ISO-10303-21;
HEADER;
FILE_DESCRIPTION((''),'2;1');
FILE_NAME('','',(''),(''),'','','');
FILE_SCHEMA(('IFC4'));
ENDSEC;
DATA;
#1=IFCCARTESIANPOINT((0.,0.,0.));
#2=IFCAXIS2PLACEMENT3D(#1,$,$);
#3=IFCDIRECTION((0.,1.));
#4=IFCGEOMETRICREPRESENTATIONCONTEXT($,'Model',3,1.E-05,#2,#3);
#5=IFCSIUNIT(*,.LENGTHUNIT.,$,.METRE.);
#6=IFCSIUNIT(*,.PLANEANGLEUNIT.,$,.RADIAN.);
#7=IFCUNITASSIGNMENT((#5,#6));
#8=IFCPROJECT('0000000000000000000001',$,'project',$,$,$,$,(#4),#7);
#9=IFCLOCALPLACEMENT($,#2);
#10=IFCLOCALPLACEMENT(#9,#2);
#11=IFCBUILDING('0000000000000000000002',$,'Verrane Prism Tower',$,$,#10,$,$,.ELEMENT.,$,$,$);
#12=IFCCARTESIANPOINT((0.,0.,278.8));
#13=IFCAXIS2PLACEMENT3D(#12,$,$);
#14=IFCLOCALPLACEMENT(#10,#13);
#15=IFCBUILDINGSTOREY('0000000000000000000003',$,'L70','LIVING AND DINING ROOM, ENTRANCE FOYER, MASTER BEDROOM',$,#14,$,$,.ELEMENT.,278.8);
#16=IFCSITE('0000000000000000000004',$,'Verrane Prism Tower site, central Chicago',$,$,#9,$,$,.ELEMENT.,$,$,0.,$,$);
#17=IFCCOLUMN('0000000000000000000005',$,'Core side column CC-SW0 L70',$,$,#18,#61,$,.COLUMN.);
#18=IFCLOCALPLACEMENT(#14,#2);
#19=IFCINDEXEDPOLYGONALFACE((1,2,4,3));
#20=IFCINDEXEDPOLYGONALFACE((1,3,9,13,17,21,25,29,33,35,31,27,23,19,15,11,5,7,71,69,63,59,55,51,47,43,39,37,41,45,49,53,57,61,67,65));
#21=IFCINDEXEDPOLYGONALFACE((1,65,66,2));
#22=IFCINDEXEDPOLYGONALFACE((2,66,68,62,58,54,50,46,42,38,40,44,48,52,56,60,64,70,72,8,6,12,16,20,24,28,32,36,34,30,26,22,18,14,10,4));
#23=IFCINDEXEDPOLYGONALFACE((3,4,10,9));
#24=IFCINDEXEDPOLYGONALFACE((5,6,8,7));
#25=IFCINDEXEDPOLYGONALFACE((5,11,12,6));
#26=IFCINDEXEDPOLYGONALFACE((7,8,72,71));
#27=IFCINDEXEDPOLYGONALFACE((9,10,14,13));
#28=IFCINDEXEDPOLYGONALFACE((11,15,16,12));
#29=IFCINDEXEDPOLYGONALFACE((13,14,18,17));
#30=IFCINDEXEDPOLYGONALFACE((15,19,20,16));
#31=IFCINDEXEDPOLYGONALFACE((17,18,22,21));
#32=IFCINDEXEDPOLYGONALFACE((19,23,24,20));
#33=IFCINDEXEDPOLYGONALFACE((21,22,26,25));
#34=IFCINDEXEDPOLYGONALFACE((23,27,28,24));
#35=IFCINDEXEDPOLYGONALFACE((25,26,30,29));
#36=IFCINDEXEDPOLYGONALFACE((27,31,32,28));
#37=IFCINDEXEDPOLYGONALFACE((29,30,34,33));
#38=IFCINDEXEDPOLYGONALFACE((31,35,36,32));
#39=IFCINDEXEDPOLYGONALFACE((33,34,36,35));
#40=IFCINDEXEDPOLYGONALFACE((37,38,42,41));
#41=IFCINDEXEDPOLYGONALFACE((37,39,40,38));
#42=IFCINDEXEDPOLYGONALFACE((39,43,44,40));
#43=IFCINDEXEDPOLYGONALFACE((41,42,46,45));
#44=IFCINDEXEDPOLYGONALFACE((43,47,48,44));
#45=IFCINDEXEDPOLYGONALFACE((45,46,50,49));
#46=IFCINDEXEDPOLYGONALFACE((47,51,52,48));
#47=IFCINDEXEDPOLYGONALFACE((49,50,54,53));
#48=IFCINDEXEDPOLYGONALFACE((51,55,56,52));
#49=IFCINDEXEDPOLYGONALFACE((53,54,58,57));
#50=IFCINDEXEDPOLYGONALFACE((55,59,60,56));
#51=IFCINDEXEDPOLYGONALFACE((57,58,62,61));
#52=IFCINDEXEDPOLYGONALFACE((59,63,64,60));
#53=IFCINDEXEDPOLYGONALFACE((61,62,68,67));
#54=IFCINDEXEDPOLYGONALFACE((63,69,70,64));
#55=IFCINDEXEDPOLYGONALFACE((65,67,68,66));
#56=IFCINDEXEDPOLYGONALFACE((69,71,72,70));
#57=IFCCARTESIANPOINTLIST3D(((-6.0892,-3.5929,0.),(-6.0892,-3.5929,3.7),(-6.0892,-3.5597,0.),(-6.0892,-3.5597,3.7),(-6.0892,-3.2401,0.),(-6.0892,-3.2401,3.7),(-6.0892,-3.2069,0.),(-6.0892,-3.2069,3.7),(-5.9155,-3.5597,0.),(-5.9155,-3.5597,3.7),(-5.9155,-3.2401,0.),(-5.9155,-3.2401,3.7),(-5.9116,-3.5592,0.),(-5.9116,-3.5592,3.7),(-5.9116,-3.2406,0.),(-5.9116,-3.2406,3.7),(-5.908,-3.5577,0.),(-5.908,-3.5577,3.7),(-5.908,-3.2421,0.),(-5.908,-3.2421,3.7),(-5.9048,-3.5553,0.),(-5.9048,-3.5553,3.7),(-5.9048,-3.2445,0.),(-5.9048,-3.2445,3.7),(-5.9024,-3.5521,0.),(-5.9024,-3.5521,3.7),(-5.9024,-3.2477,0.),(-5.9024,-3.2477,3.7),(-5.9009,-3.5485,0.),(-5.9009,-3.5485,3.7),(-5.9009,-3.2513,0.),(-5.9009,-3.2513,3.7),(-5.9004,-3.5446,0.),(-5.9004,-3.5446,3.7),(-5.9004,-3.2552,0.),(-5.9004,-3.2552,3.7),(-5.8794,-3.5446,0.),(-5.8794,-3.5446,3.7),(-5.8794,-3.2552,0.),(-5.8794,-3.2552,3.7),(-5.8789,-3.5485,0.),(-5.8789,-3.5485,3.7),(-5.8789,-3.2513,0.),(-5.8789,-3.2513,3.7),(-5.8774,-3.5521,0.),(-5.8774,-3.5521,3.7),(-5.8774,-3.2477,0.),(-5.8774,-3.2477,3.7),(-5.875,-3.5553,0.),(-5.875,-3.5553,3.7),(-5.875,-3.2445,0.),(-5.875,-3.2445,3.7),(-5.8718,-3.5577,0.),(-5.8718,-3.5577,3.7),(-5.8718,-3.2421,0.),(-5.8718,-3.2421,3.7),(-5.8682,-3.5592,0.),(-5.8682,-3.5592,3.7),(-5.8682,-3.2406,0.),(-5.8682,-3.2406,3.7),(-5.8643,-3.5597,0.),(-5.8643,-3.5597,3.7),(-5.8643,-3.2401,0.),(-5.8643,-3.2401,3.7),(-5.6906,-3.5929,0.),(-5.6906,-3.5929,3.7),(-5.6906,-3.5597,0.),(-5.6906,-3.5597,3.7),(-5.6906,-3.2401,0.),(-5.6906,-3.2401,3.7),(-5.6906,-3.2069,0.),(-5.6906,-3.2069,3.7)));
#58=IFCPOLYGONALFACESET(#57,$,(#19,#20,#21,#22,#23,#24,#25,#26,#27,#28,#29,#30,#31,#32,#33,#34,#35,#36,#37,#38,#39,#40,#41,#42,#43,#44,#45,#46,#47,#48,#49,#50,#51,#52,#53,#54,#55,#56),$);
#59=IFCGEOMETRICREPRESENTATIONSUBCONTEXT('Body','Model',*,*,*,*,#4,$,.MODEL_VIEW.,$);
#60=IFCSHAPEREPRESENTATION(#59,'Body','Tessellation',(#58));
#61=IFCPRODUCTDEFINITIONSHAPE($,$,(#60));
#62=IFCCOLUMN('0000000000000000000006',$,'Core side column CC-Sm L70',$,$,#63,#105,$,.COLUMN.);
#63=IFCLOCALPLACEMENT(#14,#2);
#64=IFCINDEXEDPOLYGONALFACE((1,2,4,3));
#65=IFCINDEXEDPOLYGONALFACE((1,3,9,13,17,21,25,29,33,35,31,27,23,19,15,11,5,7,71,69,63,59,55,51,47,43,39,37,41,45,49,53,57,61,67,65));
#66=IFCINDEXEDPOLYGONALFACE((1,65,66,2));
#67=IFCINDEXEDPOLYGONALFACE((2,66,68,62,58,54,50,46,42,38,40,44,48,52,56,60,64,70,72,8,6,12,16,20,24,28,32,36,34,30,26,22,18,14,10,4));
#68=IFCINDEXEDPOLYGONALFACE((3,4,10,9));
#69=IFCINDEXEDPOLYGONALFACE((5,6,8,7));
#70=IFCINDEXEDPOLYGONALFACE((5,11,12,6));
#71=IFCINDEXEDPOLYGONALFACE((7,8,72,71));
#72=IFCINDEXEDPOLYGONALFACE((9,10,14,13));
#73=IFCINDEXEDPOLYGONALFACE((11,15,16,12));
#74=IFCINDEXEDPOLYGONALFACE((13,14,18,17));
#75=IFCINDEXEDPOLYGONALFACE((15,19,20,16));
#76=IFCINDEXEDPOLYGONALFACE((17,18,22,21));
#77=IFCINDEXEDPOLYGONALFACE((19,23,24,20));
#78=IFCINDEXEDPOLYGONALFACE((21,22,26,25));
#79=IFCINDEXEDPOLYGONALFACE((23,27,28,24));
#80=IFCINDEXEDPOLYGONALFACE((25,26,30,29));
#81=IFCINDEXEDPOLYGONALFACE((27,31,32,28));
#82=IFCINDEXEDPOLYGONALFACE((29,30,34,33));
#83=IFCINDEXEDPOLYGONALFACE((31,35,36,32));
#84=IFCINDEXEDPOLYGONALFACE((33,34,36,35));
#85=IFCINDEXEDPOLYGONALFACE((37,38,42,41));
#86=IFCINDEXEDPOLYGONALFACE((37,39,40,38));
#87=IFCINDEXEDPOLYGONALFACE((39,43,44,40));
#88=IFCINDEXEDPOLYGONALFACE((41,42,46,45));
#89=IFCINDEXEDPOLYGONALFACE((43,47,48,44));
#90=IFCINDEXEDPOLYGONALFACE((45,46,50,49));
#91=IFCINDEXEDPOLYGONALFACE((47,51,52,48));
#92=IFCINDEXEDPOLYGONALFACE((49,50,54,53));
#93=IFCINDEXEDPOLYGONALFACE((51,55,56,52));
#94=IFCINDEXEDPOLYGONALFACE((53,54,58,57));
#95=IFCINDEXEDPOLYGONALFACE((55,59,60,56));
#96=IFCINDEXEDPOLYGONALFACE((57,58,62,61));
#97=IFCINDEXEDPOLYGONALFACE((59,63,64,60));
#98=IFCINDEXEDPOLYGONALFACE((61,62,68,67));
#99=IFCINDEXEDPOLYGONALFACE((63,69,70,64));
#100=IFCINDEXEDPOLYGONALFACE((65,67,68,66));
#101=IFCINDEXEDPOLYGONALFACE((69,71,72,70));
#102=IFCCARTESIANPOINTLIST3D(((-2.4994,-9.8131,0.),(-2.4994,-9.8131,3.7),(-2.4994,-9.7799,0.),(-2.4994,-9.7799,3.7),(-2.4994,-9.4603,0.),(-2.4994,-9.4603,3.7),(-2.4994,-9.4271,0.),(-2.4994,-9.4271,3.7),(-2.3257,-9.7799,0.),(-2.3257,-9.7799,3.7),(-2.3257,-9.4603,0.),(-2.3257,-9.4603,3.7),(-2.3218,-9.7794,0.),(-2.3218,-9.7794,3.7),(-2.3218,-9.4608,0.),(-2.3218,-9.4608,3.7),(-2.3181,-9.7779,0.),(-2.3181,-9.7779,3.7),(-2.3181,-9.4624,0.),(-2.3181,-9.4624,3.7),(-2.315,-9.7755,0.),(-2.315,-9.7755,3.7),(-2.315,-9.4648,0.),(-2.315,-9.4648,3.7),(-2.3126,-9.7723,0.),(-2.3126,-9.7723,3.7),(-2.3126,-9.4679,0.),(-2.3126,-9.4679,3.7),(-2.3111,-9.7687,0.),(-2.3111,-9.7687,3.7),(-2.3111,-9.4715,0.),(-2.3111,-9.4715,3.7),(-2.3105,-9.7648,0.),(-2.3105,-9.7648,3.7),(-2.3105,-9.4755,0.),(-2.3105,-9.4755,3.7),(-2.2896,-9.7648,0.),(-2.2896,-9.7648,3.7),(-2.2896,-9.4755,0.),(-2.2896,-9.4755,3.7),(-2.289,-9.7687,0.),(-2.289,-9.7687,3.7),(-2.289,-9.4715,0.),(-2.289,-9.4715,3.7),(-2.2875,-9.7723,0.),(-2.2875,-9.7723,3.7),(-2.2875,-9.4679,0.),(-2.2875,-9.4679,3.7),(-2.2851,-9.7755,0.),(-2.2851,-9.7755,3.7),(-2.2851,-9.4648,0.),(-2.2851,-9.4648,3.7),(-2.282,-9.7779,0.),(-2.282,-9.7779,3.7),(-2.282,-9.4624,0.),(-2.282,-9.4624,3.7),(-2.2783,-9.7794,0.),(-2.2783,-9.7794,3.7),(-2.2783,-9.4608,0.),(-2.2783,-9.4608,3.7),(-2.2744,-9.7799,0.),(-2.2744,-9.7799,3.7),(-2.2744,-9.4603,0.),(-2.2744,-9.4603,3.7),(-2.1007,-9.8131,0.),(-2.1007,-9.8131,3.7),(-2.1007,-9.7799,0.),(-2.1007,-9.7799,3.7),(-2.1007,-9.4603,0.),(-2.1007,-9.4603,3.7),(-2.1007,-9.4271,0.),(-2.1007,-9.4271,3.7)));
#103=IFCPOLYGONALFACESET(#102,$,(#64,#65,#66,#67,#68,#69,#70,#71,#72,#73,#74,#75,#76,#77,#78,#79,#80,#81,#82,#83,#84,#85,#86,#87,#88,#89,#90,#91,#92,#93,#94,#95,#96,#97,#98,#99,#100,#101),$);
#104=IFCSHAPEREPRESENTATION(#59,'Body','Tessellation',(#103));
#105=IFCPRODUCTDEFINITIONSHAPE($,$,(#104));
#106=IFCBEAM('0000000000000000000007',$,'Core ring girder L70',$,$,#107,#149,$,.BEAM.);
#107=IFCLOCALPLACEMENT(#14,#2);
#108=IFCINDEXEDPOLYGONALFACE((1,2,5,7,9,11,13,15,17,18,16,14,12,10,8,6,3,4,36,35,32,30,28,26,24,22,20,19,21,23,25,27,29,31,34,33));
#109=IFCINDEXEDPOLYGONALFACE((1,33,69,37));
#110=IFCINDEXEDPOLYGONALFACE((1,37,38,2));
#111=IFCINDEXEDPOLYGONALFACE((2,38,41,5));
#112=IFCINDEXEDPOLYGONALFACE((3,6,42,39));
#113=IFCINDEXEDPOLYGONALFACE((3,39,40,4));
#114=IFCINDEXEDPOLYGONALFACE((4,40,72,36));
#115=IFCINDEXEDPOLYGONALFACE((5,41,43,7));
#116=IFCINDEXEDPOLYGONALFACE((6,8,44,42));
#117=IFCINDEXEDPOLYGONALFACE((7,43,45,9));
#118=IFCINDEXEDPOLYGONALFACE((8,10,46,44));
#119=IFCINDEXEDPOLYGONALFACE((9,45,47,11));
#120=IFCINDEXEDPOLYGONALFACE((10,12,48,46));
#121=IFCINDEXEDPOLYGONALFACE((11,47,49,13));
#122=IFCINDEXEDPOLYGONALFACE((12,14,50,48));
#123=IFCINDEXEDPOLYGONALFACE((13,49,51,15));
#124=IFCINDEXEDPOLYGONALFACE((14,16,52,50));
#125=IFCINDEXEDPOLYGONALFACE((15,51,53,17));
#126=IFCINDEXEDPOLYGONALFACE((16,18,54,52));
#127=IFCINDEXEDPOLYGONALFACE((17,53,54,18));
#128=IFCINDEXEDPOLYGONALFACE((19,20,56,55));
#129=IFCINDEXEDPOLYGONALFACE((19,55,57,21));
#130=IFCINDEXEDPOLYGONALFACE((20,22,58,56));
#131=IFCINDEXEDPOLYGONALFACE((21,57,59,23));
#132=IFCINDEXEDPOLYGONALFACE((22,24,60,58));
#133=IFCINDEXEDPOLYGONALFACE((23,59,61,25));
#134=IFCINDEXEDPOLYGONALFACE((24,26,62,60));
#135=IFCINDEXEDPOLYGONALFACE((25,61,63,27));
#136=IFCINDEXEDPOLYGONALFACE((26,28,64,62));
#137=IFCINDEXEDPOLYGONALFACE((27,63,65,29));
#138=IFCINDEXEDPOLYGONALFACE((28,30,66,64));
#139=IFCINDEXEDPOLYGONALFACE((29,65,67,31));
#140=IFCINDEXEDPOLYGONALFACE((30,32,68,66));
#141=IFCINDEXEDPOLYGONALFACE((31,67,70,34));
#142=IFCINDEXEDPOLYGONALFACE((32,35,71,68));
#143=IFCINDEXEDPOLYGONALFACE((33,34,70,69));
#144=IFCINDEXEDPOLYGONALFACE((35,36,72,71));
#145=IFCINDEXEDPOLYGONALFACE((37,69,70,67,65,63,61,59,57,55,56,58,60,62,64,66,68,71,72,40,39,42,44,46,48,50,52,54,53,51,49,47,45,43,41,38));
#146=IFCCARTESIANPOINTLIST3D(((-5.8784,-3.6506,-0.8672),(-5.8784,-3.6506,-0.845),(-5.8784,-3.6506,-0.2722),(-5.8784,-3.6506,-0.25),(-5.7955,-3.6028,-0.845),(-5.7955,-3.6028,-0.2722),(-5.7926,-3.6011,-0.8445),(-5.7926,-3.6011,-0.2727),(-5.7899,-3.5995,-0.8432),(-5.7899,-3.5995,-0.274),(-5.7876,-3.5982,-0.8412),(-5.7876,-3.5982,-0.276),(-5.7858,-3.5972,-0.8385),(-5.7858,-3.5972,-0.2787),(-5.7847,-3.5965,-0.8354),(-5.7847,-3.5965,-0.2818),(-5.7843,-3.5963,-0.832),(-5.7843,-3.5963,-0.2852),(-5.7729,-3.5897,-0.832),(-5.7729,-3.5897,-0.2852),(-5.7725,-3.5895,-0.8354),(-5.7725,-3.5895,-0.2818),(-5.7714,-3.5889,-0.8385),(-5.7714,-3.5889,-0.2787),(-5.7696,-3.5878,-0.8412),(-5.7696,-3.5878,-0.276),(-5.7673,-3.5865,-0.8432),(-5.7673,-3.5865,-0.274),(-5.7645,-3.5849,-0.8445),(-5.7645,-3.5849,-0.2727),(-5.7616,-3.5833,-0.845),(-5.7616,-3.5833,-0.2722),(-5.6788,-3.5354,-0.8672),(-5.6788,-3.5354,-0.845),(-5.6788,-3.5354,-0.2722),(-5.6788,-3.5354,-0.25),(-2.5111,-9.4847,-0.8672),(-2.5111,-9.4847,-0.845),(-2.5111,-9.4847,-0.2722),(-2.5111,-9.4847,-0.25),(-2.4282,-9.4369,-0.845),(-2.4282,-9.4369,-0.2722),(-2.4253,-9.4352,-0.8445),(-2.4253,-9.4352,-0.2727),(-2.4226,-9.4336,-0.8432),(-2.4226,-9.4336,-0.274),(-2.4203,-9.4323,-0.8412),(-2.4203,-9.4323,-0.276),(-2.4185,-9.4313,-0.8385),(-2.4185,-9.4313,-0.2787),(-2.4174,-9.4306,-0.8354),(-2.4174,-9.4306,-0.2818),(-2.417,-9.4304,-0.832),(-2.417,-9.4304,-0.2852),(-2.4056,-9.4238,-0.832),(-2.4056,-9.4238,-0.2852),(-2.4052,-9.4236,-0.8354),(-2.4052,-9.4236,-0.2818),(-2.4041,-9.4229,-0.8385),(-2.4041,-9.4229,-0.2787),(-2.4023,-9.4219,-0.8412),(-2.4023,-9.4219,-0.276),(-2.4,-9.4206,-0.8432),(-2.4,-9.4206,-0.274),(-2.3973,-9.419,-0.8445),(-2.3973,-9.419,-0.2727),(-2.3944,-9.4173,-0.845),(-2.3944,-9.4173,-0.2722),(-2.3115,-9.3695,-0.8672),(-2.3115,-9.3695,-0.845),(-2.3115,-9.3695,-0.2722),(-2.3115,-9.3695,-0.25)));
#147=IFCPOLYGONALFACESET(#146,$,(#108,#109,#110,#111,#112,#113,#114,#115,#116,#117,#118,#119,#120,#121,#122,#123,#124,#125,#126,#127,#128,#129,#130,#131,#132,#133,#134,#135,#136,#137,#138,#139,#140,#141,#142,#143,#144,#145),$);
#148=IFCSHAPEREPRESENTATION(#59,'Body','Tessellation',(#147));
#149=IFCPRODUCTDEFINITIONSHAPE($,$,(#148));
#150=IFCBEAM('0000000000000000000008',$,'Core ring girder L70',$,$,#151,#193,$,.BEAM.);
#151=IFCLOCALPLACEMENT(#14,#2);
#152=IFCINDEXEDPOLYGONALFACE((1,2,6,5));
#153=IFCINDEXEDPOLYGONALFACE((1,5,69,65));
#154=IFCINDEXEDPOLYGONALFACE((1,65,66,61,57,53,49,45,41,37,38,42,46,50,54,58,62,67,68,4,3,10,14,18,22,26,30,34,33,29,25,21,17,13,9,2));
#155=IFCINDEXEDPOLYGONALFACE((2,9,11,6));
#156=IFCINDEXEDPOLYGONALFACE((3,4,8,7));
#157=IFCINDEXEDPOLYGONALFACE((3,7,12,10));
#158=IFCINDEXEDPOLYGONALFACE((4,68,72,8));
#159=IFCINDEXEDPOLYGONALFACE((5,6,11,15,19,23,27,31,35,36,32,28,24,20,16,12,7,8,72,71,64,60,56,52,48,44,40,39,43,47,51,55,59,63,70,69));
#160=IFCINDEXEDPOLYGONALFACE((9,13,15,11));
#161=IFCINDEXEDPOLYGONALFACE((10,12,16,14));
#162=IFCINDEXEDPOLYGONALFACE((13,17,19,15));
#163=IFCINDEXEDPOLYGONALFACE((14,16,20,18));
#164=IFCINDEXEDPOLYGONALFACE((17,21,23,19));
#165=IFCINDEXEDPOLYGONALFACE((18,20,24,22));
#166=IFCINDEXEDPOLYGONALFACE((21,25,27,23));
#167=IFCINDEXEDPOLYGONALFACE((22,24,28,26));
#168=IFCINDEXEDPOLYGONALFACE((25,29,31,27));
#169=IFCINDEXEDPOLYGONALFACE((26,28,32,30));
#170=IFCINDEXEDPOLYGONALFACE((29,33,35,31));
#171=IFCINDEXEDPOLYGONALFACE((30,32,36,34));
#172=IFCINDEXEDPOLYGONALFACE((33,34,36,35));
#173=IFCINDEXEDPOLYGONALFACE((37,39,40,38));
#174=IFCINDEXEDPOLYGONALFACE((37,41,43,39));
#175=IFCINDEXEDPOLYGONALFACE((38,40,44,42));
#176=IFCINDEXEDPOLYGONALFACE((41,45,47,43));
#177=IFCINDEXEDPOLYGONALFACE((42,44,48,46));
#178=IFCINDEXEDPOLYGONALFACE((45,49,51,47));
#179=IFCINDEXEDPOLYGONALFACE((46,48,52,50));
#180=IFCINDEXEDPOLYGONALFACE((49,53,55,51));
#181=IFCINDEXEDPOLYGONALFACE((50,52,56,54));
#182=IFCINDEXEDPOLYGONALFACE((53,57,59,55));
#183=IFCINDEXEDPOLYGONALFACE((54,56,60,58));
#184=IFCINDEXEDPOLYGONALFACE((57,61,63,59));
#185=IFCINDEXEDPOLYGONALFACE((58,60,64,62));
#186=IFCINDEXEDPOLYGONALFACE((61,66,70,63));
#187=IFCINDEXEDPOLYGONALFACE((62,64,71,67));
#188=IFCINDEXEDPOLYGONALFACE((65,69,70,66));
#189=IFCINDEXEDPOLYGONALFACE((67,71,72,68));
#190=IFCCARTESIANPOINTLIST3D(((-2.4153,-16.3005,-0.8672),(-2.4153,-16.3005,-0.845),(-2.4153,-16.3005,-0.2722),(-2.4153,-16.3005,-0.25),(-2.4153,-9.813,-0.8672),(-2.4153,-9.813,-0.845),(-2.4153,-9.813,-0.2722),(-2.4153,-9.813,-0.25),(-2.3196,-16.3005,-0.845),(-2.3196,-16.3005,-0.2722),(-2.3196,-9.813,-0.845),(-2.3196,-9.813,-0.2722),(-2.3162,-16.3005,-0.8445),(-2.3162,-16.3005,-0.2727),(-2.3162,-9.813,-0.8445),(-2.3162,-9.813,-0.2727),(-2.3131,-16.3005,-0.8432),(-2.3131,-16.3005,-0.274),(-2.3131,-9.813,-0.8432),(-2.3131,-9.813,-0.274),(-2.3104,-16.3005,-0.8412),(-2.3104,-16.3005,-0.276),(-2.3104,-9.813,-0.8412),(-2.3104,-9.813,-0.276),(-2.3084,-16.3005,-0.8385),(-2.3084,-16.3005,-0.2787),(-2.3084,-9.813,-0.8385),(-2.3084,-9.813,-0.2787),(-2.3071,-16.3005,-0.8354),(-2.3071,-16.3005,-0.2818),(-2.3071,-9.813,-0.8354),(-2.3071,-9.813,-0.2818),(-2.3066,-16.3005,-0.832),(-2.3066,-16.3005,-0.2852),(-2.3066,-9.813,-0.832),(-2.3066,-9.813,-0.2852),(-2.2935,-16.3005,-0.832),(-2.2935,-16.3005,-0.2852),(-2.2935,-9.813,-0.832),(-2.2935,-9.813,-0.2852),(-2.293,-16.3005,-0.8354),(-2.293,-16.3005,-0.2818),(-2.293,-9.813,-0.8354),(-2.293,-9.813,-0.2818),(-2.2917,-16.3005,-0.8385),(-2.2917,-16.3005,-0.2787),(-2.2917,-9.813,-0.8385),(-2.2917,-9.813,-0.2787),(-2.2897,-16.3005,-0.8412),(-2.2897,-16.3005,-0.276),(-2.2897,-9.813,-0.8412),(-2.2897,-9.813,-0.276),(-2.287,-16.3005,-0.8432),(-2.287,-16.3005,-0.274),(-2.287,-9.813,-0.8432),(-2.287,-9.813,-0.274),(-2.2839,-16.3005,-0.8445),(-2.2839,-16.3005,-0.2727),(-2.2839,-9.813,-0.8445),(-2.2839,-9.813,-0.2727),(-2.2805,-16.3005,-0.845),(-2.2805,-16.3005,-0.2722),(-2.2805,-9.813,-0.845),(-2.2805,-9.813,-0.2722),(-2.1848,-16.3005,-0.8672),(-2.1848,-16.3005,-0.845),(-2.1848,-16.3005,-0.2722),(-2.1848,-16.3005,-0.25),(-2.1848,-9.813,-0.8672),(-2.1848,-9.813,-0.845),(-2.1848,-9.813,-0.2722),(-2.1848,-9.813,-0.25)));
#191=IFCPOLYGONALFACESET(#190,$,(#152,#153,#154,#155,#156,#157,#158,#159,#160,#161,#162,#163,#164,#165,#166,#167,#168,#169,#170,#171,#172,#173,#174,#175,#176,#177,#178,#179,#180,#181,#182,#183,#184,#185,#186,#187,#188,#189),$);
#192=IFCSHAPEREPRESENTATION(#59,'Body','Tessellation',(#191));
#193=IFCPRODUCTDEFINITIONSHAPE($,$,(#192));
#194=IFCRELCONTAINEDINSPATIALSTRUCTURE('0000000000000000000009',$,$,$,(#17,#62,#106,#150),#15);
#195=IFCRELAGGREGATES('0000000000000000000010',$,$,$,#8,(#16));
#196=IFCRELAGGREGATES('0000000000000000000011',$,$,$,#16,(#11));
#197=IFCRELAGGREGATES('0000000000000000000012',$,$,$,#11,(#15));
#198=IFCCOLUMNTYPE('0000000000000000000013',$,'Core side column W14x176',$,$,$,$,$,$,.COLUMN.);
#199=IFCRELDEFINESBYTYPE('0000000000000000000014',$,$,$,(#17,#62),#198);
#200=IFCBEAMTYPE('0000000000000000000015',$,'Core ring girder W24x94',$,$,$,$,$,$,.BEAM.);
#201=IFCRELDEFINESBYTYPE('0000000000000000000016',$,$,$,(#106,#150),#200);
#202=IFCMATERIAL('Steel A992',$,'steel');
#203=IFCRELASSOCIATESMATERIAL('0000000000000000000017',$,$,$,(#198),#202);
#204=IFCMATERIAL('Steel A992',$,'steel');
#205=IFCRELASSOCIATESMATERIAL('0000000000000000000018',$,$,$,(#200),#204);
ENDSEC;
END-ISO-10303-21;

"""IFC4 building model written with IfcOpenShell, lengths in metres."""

from ifc_helpers import new_model, si_unit, direction, frame, origin, origin_2d, place, context, subcontext, project, spatial, i_section, extrude, material, material_profile, profile_set, type_object, element, save


model = new_model("IFC4")

# Units and contexts
model_context = context("Model", 3, precision=1e-05, world=origin(), true_north=direction((0.0, 1.0)))
body_context = subcontext(model_context, "Body", "Model", "MODEL_VIEW")
ifc_project = project(units=[si_unit("LENGTHUNIT", "METRE"), si_unit("PLANEANGLEUNIT", "RADIAN")], contexts=[model_context])

# Site, building, storey
site_placement = place(None, origin())
site = spatial("IfcSite", under=ifc_project, at=site_placement, Name="Verrane Prism Tower site, central Chicago", CompositionType="ELEMENT", RefElevation=0.0)
building_placement = place(site_placement, origin())
building = spatial("IfcBuilding", under=site, at=building_placement, Name="Verrane Prism Tower", CompositionType="ELEMENT")
storey_placement = place(building_placement, frame((0.0, 0.0, 278.8)))
storey = spatial("IfcBuildingStorey", under=building, at=storey_placement, Name="L70", Description="LIVING AND DINING ROOM, ENTRANCE FOYER, MASTER BEDROOM", CompositionType="ELEMENT", Elevation=278.8)

# Columns
ifc_material_1 = material(Name="Steel A992", Category="steel")
ifc_material_profile_1 = material_profile(ifc_material_1, i_section(OverallWidth=0.3987, OverallDepth=0.386, WebThickness=0.021, FlangeThickness=0.0332, FilletRadius=0.0151, at=origin_2d()), Name="W14x176")
ifc_profile_set_1 = profile_set([ifc_material_profile_1], Name="Steel A992")
column_type = type_object("IfcColumnType", Name="Core side column W14x176", PredefinedType="COLUMN", material=ifc_profile_set_1)
for number, where, z_axis, x_axis, name in (
    (1, (-5.8899, -3.3999, 0.0), (0.0, 0.0, 1.0), (1.0, 0.0, 0.0), "Core side column CC-SW0 L70"),
    (2, (-2.3, -9.6201, 0.0), (0.0, 0.0, 1.0), (1.0, 0.0, 0.0), "Core side column CC-Sm L70"),
):
    element("IfcColumn", number, at=place(storey_placement, frame(where, z_axis=z_axis, x_axis=x_axis)), inside=storey, type_object=column_type, Name=name, PredefinedType="COLUMN", context=body_context, shape_type="SweptSolid", body=[
        extrude(i_section(OverallWidth=0.3987, OverallDepth=0.386, WebThickness=0.021, FlangeThickness=0.0332, FilletRadius=0.0151, at=origin_2d()), origin(), (0.0, 0.0, 1.0), 3.7),
    ])

# Beams
ifc_material_2 = material(Name="Steel A992", Category="steel")
ifc_material_profile_2 = material_profile(ifc_material_2, i_section(OverallWidth=0.2305, OverallDepth=0.6172, WebThickness=0.0132, FlangeThickness=0.0222, FilletRadius=0.0129, at=origin_2d()), Name="W24x94")
ifc_profile_set_2 = profile_set([ifc_material_profile_2], Name="Steel A992")
beam_type = type_object("IfcBeamType", Name="Core ring girder W24x94", PredefinedType="BEAM", material=ifc_profile_set_2)
beam_1_placement = place(storey_placement, frame((-5.7786, -3.593, -0.5586), z_axis=(0.499881, -0.866094, 0.0), x_axis=(0.866094, 0.499881, 0.0)))
element("IfcBeam", 3, at=beam_1_placement, inside=storey, type_object=beam_type, Name="Core ring girder L70", PredefinedType="BEAM", context=body_context, shape_type="SweptSolid", body=[
    extrude(i_section(OverallWidth=0.2305, OverallDepth=0.6172, WebThickness=0.0132, FlangeThickness=0.0222, FilletRadius=0.0129, at=origin_2d()), origin(), (0.0, 0.0, 1.0), 6.7361),
])
beam_2_placement = place(storey_placement, frame((-2.3, -9.813, -0.5586), z_axis=(0.0, -1.0, 0.0), x_axis=(1.0, 0.0, 0.0)))
element("IfcBeam", 4, at=beam_2_placement, inside=storey, type_object=beam_type, Name="Core ring girder L70", PredefinedType="BEAM", context=body_context, shape_type="SweptSolid", body=[
    extrude(i_section(OverallWidth=0.2305, OverallDepth=0.6172, WebThickness=0.0132, FlangeThickness=0.0222, FilletRadius=0.0129, at=origin_2d()), origin(), (0.0, 0.0, 1.0), 6.4875),
])

save(model, "model.ifc")
